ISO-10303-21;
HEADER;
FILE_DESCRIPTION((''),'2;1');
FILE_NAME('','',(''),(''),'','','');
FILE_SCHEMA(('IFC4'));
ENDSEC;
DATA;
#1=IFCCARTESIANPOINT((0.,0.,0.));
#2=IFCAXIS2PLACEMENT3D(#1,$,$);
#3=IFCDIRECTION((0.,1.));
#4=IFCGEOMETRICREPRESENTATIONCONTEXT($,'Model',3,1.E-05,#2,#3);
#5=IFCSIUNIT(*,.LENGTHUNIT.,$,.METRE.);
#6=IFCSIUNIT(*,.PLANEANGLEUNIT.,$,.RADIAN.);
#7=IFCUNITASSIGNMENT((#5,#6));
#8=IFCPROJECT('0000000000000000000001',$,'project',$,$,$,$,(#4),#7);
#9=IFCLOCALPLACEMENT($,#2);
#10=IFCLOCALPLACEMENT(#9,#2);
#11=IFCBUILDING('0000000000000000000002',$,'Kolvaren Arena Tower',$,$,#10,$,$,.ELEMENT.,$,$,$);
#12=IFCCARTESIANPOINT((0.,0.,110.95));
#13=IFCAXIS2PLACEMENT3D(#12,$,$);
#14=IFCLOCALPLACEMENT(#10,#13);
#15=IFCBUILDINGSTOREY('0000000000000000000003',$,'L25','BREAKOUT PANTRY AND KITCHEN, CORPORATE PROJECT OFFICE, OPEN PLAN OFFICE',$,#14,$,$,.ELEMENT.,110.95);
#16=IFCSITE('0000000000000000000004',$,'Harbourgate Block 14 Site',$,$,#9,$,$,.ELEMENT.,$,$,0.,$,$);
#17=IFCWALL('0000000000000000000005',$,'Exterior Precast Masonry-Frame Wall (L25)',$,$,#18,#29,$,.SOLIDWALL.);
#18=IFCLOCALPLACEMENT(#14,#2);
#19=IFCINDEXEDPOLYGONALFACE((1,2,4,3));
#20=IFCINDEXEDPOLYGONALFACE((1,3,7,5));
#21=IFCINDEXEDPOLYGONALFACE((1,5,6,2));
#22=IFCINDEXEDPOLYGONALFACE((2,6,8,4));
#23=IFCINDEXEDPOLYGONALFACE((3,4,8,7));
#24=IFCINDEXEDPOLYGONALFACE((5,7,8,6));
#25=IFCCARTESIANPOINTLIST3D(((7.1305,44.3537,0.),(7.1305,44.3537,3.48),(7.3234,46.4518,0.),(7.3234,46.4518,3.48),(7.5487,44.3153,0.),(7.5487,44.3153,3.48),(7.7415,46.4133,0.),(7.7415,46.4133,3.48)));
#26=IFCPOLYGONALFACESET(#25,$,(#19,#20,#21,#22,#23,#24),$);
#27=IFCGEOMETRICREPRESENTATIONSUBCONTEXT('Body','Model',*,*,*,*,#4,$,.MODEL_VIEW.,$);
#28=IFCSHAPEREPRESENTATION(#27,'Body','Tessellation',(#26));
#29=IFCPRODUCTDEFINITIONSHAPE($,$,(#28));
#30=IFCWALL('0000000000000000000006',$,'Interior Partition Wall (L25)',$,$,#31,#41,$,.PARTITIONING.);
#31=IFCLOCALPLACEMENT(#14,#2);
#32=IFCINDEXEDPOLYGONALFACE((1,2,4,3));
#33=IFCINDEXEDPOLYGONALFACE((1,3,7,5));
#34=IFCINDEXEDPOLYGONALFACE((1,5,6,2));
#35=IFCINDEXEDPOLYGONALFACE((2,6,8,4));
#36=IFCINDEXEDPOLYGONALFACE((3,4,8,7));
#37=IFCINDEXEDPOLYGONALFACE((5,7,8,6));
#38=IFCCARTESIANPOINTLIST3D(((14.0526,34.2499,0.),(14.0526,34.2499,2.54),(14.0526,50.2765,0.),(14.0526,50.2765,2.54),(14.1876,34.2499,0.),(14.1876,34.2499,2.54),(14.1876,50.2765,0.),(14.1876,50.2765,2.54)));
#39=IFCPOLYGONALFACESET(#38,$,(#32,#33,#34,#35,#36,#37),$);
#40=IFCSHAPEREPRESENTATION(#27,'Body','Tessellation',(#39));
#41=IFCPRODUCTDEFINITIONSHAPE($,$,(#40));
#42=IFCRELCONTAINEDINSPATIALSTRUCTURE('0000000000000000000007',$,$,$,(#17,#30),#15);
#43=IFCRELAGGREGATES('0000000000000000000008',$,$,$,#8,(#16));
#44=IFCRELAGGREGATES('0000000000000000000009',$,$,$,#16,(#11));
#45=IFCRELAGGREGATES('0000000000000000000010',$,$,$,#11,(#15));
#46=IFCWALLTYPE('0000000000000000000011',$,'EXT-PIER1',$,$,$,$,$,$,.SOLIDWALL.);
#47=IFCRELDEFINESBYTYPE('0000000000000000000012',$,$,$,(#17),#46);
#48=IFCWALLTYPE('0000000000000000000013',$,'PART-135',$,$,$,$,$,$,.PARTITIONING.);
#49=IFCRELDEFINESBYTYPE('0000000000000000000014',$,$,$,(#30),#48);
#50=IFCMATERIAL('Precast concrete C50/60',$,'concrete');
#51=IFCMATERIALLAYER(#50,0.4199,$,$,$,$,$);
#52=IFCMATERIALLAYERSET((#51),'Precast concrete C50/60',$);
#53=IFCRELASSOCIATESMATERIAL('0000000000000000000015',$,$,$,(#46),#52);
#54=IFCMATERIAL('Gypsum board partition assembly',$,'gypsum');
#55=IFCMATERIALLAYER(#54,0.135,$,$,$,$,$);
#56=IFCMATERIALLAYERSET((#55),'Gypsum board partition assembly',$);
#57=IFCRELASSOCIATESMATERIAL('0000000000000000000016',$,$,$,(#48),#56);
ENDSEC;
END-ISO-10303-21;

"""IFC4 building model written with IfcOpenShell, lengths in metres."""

from ifc_helpers import new_model, si_unit, direction, frame, frame_2d, origin, place, context, subcontext, project, spatial, rectangle, extrude, material, layer, layer_set, type_object, element, save


model = new_model("IFC4")

# Units and contexts
model_context = context("Model", 3, precision=1e-05, world=origin(), true_north=direction((0.0, 1.0)))
body_context = subcontext(model_context, "Body", "Model", "MODEL_VIEW")
ifc_project = project(units=[si_unit("LENGTHUNIT", "METRE"), si_unit("PLANEANGLEUNIT", "RADIAN")], contexts=[model_context])

# Site, building, storey
site_placement = place(None, origin())
site = spatial("IfcSite", under=ifc_project, at=site_placement, Name="Harbourgate Block 14 Site", CompositionType="ELEMENT", RefElevation=0.0)
building_placement = place(site_placement, origin())
building = spatial("IfcBuilding", under=site, at=building_placement, Name="Kolvaren Arena Tower", CompositionType="ELEMENT")
storey_placement = place(building_placement, frame((0.0, 0.0, 110.95)))
storey = spatial("IfcBuildingStorey", under=building, at=storey_placement, Name="L25", Description="BREAKOUT PANTRY AND KITCHEN, CORPORATE PROJECT OFFICE, OPEN PLAN OFFICE", CompositionType="ELEMENT", Elevation=110.95)

# Shared definitions
ifc_material_1 = material(Name="Precast concrete C50/60", Category="concrete")
ifc_layer_1 = layer(ifc_material_1, 0.4199)
ifc_layer_set_1 = layer_set([ifc_layer_1], Name="Precast concrete C50/60")
wall_type_1 = type_object("IfcWallType", Name="EXT-PIER1", PredefinedType="SOLIDWALL", material=ifc_layer_set_1)

# Walls
wall_1_placement = place(storey_placement, frame((7.3396, 44.3345, 0.0), z_axis=(0.0, 0.0, 1.0), x_axis=(0.091539, 0.995802, 0.0)))
element("IfcWall", 1, at=wall_1_placement, inside=storey, type_object=wall_type_1, Name="Exterior Precast Masonry-Frame Wall (L25)", PredefinedType="SOLIDWALL", context=body_context, shape_type="SweptSolid", body=[
    extrude(rectangle(XDim=2.1069, YDim=0.4199, at=frame_2d((1.0535, 0.0))), origin(), (0.0, 0.0, 1.0), 3.48),
])
ifc_material_2 = material(Name="Gypsum board partition assembly", Category="gypsum")
ifc_layer_2 = layer(ifc_material_2, 0.135)
ifc_layer_set_2 = layer_set([ifc_layer_2], Name="Gypsum board partition assembly")
wall_type_2 = type_object("IfcWallType", Name="PART-135", PredefinedType="PARTITIONING", material=ifc_layer_set_2)
wall_2_placement = place(storey_placement, frame((14.1201, 34.25, 0.0), z_axis=(0.0, 0.0, 1.0), x_axis=(0.0, 1.0, 0.0)))
element("IfcWall", 2, at=wall_2_placement, inside=storey, type_object=wall_type_2, Name="Interior Partition Wall (L25)", PredefinedType="PARTITIONING", context=body_context, shape_type="SweptSolid", body=[
    extrude(rectangle(XDim=16.0266, YDim=0.135, at=frame_2d((8.0132, 0.0))), origin(), (0.0, 0.0, 1.0), 2.54),
])

save(model, "model.ifc")
